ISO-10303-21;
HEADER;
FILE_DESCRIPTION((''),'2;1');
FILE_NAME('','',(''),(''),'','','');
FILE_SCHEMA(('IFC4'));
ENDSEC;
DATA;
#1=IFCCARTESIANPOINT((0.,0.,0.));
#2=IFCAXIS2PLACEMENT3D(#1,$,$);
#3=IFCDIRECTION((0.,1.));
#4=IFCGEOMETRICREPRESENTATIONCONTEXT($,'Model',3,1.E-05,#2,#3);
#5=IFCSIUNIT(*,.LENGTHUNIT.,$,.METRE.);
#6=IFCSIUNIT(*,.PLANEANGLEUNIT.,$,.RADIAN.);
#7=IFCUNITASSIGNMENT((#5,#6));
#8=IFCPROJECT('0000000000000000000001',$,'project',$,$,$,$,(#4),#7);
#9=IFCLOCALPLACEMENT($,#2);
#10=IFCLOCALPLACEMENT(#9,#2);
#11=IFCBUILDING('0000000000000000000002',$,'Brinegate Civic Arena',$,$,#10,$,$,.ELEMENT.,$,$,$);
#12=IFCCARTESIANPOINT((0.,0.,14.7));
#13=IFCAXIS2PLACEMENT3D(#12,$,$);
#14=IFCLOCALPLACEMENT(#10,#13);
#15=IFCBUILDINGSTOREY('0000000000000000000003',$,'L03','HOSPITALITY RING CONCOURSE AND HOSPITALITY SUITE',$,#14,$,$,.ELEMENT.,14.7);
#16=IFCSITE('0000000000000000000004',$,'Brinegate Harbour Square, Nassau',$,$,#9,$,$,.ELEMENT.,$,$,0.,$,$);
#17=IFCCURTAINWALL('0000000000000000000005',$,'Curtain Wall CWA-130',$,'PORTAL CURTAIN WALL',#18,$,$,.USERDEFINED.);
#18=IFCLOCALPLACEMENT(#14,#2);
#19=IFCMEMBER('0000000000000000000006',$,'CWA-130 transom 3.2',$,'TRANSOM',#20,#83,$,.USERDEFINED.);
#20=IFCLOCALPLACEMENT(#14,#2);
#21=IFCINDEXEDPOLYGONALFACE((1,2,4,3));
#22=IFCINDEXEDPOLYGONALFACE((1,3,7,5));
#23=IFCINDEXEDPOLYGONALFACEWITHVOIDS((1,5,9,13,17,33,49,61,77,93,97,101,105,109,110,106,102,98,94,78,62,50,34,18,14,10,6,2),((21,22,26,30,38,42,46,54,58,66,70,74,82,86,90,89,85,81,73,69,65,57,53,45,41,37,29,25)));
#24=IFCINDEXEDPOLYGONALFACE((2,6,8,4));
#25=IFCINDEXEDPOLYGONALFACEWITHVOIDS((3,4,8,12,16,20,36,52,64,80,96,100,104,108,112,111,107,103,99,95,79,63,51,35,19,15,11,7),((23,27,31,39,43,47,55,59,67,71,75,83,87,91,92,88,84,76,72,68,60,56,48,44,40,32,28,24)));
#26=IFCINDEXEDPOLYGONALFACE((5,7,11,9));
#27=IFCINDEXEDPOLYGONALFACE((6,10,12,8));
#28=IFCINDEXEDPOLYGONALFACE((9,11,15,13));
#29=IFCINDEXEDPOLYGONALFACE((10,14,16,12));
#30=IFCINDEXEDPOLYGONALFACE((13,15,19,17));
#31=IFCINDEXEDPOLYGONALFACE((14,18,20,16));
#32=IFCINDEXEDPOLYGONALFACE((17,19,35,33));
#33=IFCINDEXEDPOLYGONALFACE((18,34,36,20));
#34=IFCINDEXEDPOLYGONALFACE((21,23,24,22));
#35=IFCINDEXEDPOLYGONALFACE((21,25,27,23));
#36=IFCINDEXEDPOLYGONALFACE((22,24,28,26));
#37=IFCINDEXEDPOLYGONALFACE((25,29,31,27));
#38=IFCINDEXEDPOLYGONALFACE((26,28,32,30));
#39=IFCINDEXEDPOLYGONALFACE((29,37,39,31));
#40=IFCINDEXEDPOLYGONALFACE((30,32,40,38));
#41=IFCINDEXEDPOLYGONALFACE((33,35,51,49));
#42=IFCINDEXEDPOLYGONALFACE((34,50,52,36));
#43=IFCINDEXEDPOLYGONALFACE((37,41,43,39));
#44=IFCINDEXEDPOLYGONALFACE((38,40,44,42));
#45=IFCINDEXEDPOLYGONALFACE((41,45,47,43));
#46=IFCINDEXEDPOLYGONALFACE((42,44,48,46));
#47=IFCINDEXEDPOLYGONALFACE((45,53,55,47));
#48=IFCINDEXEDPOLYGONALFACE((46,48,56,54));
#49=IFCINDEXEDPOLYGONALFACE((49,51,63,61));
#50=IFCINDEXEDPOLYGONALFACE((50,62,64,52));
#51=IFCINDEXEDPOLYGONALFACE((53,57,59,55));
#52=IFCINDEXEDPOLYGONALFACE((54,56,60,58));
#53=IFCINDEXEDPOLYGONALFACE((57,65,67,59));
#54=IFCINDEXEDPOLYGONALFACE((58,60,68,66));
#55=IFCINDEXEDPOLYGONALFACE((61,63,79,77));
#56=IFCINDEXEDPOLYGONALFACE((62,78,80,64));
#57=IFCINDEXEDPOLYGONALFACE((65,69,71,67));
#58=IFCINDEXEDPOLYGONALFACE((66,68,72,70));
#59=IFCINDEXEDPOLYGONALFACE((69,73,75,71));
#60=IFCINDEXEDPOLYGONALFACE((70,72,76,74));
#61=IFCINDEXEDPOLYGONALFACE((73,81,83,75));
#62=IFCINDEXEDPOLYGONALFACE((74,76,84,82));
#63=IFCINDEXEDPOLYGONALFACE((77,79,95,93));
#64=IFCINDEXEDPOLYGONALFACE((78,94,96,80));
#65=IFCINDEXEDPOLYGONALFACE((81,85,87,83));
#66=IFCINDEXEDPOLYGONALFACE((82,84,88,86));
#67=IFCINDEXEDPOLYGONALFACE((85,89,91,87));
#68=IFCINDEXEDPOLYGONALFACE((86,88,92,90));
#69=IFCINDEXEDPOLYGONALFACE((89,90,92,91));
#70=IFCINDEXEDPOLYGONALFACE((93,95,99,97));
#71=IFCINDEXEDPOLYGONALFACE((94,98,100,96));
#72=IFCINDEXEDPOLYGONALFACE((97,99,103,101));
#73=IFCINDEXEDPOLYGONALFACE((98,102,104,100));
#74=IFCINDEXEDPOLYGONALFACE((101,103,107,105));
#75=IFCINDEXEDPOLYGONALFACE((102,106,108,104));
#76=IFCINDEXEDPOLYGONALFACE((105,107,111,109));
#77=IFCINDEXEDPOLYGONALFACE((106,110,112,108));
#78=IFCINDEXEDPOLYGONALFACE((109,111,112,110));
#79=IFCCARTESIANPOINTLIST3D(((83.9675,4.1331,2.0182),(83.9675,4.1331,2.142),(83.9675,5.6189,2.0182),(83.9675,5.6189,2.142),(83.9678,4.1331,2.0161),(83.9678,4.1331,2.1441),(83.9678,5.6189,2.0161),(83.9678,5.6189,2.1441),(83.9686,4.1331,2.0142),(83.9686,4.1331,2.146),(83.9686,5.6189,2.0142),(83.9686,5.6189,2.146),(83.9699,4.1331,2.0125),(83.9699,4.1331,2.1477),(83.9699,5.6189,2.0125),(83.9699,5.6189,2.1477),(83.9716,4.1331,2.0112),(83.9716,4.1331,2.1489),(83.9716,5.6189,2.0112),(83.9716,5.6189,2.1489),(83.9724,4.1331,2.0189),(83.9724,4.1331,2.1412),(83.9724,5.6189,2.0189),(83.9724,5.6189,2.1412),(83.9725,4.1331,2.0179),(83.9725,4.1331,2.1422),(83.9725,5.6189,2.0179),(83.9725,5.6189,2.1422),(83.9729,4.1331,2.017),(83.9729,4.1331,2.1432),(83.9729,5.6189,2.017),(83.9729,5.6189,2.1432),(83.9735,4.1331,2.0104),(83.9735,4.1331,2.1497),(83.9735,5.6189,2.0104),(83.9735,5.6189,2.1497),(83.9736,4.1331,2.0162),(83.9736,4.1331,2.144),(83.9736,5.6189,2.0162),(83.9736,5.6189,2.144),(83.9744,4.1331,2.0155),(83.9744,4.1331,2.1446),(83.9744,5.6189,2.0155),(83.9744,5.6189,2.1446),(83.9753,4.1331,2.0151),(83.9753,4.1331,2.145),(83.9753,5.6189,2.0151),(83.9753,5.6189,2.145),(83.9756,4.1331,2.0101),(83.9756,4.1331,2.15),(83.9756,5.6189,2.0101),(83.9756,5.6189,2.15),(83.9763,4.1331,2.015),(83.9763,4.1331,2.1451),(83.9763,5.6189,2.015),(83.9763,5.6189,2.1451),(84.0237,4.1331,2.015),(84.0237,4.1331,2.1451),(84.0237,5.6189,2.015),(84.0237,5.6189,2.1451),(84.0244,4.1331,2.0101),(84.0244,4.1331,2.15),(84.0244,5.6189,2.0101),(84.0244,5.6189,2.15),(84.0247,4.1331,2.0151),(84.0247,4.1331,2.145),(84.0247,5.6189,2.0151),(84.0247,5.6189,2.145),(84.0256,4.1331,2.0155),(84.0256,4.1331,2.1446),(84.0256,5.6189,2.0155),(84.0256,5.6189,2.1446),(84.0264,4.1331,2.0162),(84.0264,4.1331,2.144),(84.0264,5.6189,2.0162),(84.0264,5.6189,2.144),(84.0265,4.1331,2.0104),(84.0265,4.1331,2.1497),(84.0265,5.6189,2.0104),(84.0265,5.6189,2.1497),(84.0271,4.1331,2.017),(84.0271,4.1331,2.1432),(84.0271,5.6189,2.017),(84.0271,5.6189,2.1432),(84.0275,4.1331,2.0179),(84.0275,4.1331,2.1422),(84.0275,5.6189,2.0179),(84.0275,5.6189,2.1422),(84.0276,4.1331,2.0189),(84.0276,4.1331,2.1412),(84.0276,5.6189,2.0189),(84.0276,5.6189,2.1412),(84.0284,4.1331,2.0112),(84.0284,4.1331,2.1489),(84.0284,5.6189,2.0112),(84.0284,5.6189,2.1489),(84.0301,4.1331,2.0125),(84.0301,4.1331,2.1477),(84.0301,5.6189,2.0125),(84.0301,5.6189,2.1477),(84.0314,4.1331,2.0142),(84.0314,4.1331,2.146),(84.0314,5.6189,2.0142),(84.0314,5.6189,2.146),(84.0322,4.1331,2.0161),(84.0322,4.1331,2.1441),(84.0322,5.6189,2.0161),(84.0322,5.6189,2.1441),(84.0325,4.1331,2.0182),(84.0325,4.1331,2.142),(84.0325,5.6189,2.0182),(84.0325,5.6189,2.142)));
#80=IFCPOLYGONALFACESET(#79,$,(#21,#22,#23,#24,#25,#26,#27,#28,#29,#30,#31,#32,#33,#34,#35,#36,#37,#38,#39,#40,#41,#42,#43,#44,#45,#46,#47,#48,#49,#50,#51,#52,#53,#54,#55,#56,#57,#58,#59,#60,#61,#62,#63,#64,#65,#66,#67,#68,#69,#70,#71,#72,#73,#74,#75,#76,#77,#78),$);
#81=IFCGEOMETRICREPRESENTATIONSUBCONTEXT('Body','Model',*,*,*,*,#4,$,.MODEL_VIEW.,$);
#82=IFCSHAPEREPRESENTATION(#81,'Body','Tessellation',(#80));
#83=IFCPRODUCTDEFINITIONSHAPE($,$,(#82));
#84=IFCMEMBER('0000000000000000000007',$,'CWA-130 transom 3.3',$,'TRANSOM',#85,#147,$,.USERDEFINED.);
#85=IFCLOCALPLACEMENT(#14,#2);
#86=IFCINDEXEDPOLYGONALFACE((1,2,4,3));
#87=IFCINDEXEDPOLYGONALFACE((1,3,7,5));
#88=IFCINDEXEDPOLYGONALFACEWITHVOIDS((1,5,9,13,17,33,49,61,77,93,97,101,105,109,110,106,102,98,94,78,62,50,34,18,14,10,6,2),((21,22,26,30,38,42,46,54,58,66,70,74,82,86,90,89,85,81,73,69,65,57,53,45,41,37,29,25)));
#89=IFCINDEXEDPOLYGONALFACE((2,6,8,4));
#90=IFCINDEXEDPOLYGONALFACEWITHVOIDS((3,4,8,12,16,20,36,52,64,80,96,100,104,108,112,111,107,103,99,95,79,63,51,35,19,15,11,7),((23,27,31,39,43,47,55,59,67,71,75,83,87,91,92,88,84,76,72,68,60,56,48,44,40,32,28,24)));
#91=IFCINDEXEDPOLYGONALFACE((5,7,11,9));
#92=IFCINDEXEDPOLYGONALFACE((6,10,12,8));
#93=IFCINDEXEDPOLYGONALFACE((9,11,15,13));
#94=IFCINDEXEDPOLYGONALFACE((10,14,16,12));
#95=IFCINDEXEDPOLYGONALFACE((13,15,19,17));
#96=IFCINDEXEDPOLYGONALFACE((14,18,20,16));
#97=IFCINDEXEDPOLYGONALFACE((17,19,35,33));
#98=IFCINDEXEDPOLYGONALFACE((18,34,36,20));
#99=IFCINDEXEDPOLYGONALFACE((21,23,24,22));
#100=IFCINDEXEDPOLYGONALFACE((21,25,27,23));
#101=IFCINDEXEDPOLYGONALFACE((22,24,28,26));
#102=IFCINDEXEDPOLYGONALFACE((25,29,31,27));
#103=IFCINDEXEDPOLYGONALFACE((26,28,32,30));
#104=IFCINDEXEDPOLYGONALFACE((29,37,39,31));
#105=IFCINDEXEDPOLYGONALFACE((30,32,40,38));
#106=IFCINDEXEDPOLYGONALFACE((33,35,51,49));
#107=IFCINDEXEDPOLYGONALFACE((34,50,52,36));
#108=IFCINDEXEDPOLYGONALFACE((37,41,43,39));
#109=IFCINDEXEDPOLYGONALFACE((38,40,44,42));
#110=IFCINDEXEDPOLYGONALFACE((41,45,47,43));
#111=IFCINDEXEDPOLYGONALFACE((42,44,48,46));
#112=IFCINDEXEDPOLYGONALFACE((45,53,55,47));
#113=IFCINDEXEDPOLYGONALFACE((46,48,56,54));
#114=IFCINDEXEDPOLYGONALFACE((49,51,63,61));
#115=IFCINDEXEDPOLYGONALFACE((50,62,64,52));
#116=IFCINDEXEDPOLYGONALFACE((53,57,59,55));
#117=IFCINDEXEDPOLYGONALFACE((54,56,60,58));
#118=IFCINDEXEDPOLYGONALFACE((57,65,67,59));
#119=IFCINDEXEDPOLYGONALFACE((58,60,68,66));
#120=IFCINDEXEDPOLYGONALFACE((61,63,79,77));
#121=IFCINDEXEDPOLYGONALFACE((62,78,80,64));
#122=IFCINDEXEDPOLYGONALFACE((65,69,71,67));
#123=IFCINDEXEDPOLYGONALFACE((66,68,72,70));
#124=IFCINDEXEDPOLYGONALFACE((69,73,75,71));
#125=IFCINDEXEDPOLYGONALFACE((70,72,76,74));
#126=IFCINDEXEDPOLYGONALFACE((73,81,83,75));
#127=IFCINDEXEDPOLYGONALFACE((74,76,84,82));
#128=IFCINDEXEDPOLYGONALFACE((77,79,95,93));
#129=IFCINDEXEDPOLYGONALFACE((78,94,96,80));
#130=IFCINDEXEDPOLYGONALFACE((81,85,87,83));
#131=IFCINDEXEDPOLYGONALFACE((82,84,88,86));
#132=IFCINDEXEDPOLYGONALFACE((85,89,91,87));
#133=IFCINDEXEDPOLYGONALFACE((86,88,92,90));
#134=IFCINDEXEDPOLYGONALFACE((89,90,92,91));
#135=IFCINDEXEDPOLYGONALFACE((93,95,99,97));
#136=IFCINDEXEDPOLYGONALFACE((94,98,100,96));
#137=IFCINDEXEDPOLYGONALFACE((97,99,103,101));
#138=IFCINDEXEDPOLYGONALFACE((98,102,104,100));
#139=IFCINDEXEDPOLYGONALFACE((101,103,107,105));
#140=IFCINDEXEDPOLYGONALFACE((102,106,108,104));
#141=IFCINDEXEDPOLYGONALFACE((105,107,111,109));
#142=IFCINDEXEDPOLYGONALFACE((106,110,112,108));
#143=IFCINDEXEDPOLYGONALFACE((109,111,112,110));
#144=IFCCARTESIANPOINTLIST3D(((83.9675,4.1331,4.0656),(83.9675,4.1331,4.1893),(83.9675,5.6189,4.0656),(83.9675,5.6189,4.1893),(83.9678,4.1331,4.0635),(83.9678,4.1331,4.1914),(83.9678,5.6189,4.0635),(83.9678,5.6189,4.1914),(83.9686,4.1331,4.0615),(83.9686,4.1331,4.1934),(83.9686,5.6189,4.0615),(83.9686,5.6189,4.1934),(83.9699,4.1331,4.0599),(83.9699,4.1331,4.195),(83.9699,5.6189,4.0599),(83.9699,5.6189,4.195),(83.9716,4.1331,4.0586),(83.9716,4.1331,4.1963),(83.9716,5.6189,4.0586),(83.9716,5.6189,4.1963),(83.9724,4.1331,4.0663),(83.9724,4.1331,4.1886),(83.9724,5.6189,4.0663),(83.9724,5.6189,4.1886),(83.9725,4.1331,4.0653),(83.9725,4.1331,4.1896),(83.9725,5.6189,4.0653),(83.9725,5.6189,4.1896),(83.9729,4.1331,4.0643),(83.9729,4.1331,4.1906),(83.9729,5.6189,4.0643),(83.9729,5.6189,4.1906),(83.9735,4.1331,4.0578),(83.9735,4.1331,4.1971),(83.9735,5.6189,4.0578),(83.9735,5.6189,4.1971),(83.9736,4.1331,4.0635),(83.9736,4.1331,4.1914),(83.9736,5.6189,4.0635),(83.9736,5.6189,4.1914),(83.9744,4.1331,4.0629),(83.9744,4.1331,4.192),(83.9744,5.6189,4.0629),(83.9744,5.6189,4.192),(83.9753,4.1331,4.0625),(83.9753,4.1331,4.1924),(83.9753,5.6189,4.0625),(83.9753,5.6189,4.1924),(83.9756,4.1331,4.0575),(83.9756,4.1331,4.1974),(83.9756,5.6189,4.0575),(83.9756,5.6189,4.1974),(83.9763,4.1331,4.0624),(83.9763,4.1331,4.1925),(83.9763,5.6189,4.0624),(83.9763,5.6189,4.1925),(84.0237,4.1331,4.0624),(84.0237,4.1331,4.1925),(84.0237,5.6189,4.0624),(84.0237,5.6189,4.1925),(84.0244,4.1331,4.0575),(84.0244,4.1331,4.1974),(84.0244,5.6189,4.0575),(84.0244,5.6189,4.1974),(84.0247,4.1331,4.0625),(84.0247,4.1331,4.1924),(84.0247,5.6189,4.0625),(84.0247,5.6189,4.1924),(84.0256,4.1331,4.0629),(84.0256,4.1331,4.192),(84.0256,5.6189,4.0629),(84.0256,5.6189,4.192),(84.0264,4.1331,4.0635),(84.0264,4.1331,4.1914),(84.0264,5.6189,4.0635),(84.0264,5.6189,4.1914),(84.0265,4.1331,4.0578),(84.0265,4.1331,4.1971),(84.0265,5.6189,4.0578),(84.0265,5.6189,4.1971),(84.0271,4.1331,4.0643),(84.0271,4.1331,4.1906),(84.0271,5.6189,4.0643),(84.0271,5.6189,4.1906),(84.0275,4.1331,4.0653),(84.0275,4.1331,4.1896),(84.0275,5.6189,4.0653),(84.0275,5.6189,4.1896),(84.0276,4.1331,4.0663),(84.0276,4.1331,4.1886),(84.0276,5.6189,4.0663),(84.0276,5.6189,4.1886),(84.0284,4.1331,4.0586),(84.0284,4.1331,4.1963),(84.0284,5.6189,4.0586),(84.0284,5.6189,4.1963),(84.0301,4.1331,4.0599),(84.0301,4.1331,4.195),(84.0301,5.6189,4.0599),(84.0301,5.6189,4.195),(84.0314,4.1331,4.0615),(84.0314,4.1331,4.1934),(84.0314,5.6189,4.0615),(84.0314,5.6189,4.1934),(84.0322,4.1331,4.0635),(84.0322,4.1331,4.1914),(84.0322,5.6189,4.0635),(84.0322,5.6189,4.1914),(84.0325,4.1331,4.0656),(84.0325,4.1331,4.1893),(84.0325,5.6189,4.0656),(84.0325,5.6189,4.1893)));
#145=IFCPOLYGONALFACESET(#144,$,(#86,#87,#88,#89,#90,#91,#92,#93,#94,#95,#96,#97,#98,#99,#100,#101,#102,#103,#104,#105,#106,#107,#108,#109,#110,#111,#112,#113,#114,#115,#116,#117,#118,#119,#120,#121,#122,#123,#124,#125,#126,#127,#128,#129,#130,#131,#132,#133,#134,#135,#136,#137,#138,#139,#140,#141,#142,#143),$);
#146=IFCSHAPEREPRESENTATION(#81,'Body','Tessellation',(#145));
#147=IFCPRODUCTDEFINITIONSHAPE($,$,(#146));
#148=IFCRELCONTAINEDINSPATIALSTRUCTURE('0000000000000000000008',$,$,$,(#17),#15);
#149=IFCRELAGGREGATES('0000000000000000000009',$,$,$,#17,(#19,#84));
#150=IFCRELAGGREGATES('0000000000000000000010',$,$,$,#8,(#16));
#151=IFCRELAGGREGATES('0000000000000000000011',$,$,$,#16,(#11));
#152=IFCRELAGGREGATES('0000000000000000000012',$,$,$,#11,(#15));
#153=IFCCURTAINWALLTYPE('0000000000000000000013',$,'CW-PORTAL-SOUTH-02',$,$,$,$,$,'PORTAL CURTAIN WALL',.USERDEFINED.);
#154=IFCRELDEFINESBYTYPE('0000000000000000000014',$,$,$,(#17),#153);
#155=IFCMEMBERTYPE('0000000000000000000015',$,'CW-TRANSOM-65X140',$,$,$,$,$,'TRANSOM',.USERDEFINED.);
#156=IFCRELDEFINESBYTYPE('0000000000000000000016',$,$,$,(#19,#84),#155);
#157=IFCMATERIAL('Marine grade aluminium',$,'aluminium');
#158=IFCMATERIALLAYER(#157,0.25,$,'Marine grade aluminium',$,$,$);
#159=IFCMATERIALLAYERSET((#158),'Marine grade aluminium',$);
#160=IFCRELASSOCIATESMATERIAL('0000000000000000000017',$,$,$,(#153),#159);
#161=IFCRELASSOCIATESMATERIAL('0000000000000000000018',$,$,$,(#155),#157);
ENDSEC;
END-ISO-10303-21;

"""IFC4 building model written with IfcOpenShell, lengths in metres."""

from ifc_helpers import new_model, si_unit, direction, frame, origin, origin_2d, place, context, subcontext, project, spatial, hollow_rectangle, extrude, material, layer, layer_set, material_profile, profile_set, type_object, element, aggregate, save


model = new_model("IFC4")

# Units and contexts
model_context = context("Model", 3, precision=1e-05, world=origin(), true_north=direction((0.0, 1.0)))
body_context = subcontext(model_context, "Body", "Model", "MODEL_VIEW")
ifc_project = project(units=[si_unit("LENGTHUNIT", "METRE"), si_unit("PLANEANGLEUNIT", "RADIAN")], contexts=[model_context])

# Site, building, storey
site_placement = place(None, origin())
site = spatial("IfcSite", under=ifc_project, at=site_placement, Name="Brinegate Harbour Square, Nassau", CompositionType="ELEMENT", RefElevation=0.0)
building_placement = place(site_placement, origin())
building = spatial("IfcBuilding", under=site, at=building_placement, Name="Brinegate Civic Arena", CompositionType="ELEMENT")
storey_placement = place(building_placement, frame((0.0, 0.0, 14.7)))
storey = spatial("IfcBuildingStorey", under=building, at=storey_placement, Name="L03", Description="HOSPITALITY RING CONCOURSE AND HOSPITALITY SUITE", CompositionType="ELEMENT", Elevation=14.7)

# Shared definitions
ifc_material_1 = material(Name="Marine grade aluminium", Category="aluminium")
ifc_layer_1 = layer(ifc_material_1, 0.25, Name="Marine grade aluminium")
ifc_layer_set_1 = layer_set([ifc_layer_1], Name="Marine grade aluminium")
curtain_wall_type = type_object("IfcCurtainWallType", Name="CW-PORTAL-SOUTH-02", ElementType="PORTAL CURTAIN WALL", PredefinedType="USERDEFINED", material=ifc_layer_set_1)

# Curtain wall
curtain_wall_1_placement = place(storey_placement, origin())
curtain_wall_1 = element("IfcCurtainWall", 1, at=curtain_wall_1_placement, inside=storey, type_object=curtain_wall_type, Name="Curtain Wall CWA-130", ObjectType="PORTAL CURTAIN WALL", PredefinedType="USERDEFINED")

# Members
ifc_material_profile_1 = material_profile(ifc_material_1, hollow_rectangle(XDim=0.0649, YDim=0.1399, WallThickness=0.0049, InnerFilletRadius=0.0039, OuterFilletRadius=0.0081, at=origin_2d()), Name="TRN65X140")
ifc_profile_set_1 = profile_set([ifc_material_profile_1], Name="Marine grade aluminium")
member_type_1 = type_object("IfcMemberType", Name="CW-TRANSOM-65X140", ElementType="TRANSOM", PredefinedType="USERDEFINED", material=ifc_profile_set_1)
member_1_placement = place(storey_placement, frame((84.0, 4.1331, 2.0801), z_axis=(0.0, 1.0, 0.0), x_axis=(-1.0, 0.0, 0.0)))
member_1 = element("IfcMember", 2, at=member_1_placement, type_object=member_type_1, Name="CWA-130 transom 3.2", ObjectType="TRANSOM", PredefinedType="USERDEFINED", context=body_context, shape_type="SweptSolid", body=[
    extrude(hollow_rectangle(XDim=0.0649, YDim=0.1399, WallThickness=0.0049, InnerFilletRadius=0.0039, OuterFilletRadius=0.0081, at=origin_2d()), origin(), (0.0, 0.0, 1.0), 1.4858),
])
member_2_placement = place(storey_placement, frame((84.0, 4.1331, 4.1274), z_axis=(0.0, 1.0, 0.0), x_axis=(-1.0, 0.0, 0.0)))
member_2 = element("IfcMember", 3, at=member_2_placement, type_object=member_type_1, Name="CWA-130 transom 3.3", ObjectType="TRANSOM", PredefinedType="USERDEFINED", context=body_context, shape_type="SweptSolid", body=[
    extrude(hollow_rectangle(XDim=0.0649, YDim=0.1399, WallThickness=0.0049, InnerFilletRadius=0.0039, OuterFilletRadius=0.0081, at=origin_2d()), origin(), (0.0, 0.0, 1.0), 1.4858),
])

aggregate(curtain_wall_1, [member_1, member_2])

save(model, "model.ifc")
